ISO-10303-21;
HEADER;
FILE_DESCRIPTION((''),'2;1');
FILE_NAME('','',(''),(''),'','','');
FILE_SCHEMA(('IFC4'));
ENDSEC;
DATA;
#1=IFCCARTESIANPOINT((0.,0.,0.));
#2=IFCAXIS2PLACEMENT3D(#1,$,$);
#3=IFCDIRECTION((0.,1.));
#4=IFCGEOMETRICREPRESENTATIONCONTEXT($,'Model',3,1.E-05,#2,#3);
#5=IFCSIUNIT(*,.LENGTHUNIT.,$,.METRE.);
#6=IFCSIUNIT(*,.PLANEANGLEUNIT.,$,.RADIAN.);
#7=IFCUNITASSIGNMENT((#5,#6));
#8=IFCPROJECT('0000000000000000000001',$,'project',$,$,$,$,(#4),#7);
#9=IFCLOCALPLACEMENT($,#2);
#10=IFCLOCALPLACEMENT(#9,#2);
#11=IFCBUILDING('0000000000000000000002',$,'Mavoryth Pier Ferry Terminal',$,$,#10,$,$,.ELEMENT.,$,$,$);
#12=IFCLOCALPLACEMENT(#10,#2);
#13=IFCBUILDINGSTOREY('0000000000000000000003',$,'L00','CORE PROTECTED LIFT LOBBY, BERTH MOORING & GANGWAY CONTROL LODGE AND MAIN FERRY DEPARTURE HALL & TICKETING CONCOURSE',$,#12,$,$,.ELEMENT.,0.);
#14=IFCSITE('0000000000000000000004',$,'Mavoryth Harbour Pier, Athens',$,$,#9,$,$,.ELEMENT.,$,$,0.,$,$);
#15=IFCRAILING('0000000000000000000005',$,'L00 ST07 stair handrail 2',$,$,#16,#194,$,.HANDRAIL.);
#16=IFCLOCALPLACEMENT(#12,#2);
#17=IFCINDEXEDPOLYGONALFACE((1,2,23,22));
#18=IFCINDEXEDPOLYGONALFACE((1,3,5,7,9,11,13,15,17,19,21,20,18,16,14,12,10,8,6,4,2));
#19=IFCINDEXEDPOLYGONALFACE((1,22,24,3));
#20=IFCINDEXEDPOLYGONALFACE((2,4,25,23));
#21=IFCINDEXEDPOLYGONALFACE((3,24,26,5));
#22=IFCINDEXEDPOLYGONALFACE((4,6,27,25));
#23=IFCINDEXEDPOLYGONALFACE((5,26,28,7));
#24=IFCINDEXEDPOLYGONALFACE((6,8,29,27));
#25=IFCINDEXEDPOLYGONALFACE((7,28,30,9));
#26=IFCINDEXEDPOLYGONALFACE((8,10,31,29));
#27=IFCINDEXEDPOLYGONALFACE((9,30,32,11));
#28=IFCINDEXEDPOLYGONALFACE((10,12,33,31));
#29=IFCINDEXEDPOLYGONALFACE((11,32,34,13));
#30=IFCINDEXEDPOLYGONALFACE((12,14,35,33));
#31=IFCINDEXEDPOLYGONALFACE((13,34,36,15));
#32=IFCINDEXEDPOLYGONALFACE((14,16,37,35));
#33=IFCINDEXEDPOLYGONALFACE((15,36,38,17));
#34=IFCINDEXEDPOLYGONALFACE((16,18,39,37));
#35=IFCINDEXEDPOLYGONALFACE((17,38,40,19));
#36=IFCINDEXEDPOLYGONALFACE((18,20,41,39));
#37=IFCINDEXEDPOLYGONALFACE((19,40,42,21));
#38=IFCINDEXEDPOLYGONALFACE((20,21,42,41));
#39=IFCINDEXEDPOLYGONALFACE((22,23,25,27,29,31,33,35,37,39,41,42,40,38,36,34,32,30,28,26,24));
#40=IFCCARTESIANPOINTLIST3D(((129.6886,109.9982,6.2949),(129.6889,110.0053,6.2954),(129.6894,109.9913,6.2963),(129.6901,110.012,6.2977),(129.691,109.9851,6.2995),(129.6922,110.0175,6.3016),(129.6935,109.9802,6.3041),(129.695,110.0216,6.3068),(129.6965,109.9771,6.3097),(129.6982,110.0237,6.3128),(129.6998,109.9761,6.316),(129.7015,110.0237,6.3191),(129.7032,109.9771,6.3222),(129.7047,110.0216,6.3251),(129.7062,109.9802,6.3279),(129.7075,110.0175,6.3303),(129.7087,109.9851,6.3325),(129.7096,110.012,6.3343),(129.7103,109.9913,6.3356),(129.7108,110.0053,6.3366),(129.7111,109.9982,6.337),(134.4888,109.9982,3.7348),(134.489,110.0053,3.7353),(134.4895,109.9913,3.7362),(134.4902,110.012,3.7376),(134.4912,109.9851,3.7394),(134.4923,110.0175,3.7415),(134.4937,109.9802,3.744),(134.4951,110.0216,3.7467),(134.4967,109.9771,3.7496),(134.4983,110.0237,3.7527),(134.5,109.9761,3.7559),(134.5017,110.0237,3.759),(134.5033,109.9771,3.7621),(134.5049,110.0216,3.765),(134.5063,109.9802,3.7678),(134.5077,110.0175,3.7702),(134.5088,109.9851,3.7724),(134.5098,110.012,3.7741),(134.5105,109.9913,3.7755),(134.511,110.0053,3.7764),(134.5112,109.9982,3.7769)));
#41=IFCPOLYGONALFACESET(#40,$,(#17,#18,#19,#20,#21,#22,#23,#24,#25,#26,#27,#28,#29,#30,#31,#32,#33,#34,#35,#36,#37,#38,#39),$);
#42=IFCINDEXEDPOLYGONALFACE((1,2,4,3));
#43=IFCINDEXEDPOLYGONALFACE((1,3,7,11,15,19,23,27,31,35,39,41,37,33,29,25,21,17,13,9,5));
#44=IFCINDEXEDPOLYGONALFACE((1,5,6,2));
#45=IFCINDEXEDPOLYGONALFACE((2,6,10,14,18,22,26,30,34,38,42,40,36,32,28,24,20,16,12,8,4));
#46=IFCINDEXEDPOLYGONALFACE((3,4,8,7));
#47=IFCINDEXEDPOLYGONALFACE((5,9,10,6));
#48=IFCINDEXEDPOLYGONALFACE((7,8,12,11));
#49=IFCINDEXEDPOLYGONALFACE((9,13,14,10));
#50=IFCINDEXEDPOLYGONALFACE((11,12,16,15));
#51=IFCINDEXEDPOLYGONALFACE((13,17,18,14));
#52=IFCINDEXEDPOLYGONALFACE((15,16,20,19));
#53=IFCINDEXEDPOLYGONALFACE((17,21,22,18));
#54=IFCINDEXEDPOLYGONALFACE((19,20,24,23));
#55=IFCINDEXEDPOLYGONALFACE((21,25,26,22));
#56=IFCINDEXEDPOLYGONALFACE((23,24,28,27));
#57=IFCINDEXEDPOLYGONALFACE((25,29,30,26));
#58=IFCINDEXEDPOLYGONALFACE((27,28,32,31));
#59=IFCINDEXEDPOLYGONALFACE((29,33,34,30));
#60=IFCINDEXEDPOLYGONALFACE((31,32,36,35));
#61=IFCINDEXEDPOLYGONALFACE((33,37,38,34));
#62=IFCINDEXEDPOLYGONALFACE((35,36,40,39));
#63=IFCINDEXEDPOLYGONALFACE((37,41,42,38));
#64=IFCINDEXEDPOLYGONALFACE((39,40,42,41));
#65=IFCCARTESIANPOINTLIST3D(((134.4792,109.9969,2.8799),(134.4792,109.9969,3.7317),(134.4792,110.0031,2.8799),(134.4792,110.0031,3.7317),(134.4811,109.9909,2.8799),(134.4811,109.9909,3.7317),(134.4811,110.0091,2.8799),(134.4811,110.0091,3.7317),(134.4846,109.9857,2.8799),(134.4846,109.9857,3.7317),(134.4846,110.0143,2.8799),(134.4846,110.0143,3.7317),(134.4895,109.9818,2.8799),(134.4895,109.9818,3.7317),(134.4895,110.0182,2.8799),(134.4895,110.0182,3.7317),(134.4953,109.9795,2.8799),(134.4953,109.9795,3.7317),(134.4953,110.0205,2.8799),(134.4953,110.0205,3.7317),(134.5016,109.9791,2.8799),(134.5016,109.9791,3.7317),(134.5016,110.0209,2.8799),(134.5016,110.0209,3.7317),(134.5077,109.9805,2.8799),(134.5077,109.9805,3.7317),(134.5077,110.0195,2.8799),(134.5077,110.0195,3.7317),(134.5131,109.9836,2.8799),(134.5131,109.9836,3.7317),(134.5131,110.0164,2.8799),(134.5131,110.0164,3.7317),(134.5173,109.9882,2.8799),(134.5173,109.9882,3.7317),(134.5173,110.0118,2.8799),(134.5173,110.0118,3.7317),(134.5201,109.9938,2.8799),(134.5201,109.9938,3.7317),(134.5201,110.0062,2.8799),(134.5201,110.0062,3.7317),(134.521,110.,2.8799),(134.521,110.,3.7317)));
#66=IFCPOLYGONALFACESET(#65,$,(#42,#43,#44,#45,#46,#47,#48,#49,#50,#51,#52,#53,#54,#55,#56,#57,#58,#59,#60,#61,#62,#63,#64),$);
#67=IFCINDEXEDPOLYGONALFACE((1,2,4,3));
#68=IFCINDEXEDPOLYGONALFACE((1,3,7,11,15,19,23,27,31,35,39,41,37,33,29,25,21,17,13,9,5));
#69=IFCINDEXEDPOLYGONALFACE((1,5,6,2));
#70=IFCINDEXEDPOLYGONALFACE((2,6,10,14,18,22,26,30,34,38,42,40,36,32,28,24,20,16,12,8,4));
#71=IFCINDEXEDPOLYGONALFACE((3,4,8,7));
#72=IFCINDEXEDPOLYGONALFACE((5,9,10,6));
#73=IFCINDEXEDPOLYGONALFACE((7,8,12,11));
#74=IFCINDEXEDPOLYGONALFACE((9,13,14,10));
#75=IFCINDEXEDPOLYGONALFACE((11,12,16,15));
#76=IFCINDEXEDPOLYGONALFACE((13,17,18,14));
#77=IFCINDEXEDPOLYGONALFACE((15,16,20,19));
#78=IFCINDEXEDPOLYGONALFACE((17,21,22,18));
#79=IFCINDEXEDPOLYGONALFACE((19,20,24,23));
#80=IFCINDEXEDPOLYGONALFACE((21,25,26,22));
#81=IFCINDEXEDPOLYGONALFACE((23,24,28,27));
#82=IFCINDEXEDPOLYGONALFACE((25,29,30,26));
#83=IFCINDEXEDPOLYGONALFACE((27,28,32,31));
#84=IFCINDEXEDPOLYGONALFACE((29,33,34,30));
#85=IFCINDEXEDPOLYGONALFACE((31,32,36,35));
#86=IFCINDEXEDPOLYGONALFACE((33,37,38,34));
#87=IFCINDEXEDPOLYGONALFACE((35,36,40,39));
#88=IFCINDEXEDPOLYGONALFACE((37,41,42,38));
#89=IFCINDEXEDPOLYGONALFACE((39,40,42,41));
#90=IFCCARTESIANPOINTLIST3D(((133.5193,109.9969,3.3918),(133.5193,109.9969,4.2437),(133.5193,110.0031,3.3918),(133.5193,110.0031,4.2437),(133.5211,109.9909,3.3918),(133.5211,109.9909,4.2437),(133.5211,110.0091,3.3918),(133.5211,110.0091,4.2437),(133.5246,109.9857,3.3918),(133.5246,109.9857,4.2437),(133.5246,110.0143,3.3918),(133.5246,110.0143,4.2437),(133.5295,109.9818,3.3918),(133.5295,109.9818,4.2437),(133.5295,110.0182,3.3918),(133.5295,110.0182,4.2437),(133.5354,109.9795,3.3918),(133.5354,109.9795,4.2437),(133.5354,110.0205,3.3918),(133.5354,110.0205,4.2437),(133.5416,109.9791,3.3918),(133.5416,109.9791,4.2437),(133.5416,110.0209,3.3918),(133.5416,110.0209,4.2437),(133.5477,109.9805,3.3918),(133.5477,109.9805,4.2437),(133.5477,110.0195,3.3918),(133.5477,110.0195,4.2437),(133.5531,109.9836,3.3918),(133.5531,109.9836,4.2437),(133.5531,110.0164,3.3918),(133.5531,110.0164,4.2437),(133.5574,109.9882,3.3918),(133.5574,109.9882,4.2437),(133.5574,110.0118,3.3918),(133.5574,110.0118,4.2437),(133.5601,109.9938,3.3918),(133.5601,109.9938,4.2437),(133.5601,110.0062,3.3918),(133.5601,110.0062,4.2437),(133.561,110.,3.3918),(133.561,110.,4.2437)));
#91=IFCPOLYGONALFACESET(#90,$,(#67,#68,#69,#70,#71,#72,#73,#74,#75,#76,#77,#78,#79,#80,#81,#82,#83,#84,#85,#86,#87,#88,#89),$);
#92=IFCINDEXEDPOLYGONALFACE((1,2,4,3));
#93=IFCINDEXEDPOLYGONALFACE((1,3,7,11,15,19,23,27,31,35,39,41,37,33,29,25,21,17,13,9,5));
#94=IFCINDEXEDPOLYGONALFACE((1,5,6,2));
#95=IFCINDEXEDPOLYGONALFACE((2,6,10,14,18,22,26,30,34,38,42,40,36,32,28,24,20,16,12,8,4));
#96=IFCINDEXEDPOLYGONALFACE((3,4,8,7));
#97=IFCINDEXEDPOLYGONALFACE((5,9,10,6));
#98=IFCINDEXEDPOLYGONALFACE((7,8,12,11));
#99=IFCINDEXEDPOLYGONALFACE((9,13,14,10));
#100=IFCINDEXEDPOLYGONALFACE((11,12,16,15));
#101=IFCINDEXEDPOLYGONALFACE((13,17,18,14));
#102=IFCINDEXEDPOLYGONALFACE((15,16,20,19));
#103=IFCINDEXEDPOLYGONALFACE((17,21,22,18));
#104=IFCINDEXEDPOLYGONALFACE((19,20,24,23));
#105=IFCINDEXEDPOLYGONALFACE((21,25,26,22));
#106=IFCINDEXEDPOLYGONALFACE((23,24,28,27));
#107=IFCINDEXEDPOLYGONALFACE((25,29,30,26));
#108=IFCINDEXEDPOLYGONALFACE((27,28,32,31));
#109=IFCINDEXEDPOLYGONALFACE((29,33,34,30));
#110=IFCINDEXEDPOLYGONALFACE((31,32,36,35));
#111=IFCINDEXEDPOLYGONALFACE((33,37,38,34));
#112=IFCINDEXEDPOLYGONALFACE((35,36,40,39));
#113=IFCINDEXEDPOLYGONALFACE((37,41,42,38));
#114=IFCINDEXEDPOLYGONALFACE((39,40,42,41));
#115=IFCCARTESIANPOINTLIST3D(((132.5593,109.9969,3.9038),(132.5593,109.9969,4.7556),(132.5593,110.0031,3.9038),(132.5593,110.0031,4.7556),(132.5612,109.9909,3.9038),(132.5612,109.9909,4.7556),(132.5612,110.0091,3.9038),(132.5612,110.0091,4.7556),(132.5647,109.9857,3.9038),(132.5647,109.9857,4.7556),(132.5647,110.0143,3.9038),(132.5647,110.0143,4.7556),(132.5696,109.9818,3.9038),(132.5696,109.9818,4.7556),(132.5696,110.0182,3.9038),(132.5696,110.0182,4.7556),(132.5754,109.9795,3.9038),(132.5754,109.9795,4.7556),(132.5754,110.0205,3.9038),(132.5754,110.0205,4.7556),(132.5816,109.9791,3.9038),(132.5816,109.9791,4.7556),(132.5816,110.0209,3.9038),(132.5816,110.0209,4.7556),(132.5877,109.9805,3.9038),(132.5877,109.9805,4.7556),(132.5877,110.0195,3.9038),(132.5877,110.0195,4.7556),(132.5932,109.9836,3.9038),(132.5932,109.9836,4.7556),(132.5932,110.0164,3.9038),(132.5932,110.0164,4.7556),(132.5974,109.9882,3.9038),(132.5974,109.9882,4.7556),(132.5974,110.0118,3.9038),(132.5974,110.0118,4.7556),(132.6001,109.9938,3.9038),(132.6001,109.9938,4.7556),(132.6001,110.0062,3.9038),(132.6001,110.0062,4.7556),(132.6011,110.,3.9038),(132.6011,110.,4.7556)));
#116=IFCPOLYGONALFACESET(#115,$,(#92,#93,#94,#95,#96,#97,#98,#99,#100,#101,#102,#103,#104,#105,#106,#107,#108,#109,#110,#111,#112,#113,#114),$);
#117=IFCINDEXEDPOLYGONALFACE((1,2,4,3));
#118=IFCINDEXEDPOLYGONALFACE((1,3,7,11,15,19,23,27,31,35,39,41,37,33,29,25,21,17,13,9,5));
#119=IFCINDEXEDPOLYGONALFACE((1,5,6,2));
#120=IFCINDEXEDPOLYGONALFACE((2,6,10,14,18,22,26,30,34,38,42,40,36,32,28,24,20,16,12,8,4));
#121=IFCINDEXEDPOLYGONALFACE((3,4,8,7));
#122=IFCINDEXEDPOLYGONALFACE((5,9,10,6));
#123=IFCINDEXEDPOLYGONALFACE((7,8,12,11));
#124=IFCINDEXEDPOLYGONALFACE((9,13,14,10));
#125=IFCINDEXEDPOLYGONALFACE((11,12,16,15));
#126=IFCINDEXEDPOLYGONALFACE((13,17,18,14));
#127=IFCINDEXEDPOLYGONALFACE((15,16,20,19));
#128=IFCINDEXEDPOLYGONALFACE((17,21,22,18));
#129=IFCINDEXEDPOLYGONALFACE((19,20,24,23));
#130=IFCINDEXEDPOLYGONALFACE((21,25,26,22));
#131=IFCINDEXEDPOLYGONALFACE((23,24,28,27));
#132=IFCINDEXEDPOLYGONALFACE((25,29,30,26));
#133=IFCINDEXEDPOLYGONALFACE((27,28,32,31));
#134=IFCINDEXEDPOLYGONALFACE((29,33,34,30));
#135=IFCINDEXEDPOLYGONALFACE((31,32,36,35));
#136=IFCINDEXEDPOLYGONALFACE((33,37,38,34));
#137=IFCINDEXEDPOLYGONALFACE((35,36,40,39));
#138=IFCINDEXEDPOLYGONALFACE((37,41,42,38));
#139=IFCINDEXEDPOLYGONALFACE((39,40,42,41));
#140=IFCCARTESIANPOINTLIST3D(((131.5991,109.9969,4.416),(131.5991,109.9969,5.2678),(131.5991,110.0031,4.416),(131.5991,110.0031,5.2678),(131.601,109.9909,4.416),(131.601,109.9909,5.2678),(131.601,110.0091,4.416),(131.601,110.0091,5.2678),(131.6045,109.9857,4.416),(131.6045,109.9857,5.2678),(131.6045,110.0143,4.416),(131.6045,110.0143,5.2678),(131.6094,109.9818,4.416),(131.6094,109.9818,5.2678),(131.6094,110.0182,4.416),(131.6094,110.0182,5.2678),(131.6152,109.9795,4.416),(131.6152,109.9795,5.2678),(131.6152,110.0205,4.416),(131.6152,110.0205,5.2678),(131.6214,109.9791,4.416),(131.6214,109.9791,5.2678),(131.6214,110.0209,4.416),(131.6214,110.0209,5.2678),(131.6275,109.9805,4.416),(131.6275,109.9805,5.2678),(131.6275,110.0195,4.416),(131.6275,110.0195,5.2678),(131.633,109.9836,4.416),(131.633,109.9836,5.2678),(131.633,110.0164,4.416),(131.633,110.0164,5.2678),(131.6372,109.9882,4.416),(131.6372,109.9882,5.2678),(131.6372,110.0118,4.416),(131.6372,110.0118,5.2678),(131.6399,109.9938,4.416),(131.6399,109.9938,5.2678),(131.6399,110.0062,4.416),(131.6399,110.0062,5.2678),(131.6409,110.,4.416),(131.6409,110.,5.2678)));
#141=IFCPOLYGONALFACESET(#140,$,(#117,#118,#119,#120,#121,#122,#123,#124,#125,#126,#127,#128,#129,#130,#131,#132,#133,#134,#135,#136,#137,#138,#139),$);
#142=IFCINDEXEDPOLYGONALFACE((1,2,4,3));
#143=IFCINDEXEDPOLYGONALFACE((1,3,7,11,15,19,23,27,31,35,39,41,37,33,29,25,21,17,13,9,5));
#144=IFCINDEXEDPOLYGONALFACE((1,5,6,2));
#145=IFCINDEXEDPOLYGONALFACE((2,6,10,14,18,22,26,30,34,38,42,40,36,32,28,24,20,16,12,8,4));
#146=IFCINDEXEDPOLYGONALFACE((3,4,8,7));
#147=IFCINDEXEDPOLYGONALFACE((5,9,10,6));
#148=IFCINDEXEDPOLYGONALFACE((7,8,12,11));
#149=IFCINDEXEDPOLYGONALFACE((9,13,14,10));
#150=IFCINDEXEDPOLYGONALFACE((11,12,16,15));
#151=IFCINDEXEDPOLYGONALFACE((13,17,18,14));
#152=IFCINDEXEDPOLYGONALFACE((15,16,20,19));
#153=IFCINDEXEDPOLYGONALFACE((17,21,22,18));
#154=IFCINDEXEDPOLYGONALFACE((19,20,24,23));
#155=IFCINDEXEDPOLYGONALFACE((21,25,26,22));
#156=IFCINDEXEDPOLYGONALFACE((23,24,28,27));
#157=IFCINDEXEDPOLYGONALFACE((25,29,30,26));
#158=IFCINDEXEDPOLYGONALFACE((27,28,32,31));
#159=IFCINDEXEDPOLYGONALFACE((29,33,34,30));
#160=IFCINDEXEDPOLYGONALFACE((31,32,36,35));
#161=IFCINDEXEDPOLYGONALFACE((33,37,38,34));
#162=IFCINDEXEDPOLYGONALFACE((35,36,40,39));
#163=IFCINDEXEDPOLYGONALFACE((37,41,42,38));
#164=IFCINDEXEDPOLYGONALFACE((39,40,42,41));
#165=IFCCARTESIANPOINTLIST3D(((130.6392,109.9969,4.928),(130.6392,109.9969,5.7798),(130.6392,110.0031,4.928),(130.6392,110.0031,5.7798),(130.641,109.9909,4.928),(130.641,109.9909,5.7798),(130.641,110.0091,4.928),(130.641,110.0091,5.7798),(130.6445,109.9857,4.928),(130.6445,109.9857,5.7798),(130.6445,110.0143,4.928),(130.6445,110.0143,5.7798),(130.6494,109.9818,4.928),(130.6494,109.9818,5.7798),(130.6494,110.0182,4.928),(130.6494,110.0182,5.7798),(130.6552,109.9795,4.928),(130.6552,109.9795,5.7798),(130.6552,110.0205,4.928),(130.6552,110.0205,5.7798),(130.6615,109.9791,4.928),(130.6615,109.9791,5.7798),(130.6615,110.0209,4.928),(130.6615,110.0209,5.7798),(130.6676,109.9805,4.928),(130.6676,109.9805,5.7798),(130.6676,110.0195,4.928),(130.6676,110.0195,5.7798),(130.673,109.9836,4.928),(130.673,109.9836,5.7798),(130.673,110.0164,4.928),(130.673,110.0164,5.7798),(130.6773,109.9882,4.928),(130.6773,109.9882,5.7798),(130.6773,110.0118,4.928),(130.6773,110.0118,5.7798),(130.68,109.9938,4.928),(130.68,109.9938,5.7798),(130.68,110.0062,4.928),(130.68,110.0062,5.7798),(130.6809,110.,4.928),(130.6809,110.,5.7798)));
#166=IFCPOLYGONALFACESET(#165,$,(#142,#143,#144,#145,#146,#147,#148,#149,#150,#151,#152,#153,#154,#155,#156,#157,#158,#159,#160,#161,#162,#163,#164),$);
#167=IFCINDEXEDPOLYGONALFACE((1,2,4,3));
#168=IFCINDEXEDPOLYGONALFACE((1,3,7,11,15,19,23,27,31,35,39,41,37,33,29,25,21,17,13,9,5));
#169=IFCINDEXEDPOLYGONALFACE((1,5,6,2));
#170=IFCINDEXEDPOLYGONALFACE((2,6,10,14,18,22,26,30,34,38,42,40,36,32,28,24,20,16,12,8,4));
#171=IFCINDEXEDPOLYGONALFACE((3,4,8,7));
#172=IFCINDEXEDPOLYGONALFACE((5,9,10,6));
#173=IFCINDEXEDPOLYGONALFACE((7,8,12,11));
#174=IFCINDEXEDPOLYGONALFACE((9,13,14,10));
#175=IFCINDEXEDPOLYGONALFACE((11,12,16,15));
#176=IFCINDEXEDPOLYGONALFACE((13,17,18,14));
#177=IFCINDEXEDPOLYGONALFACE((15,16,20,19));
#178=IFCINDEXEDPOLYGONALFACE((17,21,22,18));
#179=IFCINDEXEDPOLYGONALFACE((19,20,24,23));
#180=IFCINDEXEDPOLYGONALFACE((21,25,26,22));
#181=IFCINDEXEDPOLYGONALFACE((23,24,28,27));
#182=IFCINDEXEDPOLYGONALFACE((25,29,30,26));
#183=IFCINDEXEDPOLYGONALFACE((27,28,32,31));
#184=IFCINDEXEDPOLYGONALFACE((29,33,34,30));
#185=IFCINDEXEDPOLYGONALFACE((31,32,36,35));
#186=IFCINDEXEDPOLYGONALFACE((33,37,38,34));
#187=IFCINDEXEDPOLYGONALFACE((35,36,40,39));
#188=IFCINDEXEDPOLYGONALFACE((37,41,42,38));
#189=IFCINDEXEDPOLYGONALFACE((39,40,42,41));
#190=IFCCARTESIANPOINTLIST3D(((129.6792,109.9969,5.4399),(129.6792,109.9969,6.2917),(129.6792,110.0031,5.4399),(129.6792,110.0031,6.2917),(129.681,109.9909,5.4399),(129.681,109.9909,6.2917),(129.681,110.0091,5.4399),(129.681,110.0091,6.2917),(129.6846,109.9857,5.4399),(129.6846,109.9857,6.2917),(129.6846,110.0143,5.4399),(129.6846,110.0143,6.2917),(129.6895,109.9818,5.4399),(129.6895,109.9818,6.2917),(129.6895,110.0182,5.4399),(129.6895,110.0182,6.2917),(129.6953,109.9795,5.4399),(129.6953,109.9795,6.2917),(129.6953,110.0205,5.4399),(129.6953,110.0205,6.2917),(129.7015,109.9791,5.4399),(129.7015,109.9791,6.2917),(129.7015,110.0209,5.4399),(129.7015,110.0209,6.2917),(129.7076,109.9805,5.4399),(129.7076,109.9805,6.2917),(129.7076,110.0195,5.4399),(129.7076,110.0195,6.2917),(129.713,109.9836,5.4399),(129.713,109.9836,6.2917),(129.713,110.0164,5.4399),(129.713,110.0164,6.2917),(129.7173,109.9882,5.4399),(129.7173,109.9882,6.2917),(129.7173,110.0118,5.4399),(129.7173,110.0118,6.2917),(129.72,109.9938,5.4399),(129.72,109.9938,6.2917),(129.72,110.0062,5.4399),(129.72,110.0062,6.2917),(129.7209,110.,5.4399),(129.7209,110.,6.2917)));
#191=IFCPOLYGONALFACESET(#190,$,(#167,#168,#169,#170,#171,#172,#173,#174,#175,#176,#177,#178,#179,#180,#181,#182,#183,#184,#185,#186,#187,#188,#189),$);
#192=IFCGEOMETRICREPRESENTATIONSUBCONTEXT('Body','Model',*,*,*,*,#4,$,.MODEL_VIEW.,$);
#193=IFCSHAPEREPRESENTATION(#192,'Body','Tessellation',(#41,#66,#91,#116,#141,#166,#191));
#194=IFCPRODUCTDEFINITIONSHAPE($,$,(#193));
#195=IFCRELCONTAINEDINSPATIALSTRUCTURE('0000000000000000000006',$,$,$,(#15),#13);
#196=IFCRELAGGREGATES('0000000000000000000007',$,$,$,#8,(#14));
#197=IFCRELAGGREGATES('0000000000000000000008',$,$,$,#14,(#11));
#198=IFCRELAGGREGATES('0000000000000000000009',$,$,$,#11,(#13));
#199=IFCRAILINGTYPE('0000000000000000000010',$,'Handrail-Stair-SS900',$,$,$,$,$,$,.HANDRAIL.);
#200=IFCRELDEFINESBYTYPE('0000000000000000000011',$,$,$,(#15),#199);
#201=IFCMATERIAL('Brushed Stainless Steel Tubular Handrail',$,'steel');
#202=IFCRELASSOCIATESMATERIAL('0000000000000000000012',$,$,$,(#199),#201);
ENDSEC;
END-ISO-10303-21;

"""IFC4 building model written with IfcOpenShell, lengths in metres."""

from ifc_helpers import new_model, si_unit, direction, frame, origin, origin_2d, place, context, subcontext, project, spatial, circle, extrude, material, type_object, element, save


model = new_model("IFC4")

# Units and contexts
model_context = context("Model", 3, precision=1e-05, world=origin(), true_north=direction((0.0, 1.0)))
body_context = subcontext(model_context, "Body", "Model", "MODEL_VIEW")
ifc_project = project(units=[si_unit("LENGTHUNIT", "METRE"), si_unit("PLANEANGLEUNIT", "RADIAN")], contexts=[model_context])

# Site, building, storey
site_placement = place(None, origin())
site = spatial("IfcSite", under=ifc_project, at=site_placement, Name="Mavoryth Harbour Pier, Athens", CompositionType="ELEMENT", RefElevation=0.0)
building_placement = place(site_placement, origin())
building = spatial("IfcBuilding", under=site, at=building_placement, Name="Mavoryth Pier Ferry Terminal", CompositionType="ELEMENT")
storey_placement = place(building_placement, origin())
storey = spatial("IfcBuildingStorey", under=building, at=storey_placement, Name="L00", Description="CORE PROTECTED LIFT LOBBY, BERTH MOORING & GANGWAY CONTROL LODGE AND MAIN FERRY DEPARTURE HALL & TICKETING CONCOURSE", CompositionType="ELEMENT", Elevation=0.0)

# Railing
ifc_material_1 = material(Name="Brushed Stainless Steel Tubular Handrail", Category="steel")
railing_type_1 = type_object("IfcRailingType", Name="Handrail-Stair-SS900", PredefinedType="HANDRAIL", material=ifc_material_1)
railing_1_placement = place(storey_placement, frame((134.5, 110.0, 2.8799)))
element("IfcRailing", 1, at=railing_1_placement, inside=storey, type_object=railing_type_1, Name="L00 ST07 stair handrail 2", PredefinedType="HANDRAIL", context=body_context, shape_type="SweptSolid", body=[
    extrude(circle(Radius=0.0239, at=origin_2d()), frame((0.0, 0.0, 0.876), z_axis=(-0.88235, 0.0, 0.470593), x_axis=(0.0, -1.0, 0.0)), (0.0, 0.0, 1.0), 5.4402),
    extrude(circle(Radius=0.021, at=origin_2d()), origin(), (0.0, 0.0, 1.0), 0.8518),
    extrude(circle(Radius=0.021, at=origin_2d()), frame((-0.96, 0.0, 0.512)), (0.0, 0.0, 1.0), 0.8518),
    extrude(circle(Radius=0.021, at=origin_2d()), frame((-1.9199, 0.0, 1.0239)), (0.0, 0.0, 1.0), 0.8518),
    extrude(circle(Radius=0.021, at=origin_2d()), frame((-2.8801, 0.0, 1.5361)), (0.0, 0.0, 1.0), 0.8518),
    extrude(circle(Radius=0.021, at=origin_2d()), frame((-3.8401, 0.0, 2.0481)), (0.0, 0.0, 1.0), 0.8518),
    extrude(circle(Radius=0.021, at=origin_2d()), frame((-4.8, 0.0, 2.5601)), (0.0, 0.0, 1.0), 0.8518),
])

save(model, "model.ifc")
